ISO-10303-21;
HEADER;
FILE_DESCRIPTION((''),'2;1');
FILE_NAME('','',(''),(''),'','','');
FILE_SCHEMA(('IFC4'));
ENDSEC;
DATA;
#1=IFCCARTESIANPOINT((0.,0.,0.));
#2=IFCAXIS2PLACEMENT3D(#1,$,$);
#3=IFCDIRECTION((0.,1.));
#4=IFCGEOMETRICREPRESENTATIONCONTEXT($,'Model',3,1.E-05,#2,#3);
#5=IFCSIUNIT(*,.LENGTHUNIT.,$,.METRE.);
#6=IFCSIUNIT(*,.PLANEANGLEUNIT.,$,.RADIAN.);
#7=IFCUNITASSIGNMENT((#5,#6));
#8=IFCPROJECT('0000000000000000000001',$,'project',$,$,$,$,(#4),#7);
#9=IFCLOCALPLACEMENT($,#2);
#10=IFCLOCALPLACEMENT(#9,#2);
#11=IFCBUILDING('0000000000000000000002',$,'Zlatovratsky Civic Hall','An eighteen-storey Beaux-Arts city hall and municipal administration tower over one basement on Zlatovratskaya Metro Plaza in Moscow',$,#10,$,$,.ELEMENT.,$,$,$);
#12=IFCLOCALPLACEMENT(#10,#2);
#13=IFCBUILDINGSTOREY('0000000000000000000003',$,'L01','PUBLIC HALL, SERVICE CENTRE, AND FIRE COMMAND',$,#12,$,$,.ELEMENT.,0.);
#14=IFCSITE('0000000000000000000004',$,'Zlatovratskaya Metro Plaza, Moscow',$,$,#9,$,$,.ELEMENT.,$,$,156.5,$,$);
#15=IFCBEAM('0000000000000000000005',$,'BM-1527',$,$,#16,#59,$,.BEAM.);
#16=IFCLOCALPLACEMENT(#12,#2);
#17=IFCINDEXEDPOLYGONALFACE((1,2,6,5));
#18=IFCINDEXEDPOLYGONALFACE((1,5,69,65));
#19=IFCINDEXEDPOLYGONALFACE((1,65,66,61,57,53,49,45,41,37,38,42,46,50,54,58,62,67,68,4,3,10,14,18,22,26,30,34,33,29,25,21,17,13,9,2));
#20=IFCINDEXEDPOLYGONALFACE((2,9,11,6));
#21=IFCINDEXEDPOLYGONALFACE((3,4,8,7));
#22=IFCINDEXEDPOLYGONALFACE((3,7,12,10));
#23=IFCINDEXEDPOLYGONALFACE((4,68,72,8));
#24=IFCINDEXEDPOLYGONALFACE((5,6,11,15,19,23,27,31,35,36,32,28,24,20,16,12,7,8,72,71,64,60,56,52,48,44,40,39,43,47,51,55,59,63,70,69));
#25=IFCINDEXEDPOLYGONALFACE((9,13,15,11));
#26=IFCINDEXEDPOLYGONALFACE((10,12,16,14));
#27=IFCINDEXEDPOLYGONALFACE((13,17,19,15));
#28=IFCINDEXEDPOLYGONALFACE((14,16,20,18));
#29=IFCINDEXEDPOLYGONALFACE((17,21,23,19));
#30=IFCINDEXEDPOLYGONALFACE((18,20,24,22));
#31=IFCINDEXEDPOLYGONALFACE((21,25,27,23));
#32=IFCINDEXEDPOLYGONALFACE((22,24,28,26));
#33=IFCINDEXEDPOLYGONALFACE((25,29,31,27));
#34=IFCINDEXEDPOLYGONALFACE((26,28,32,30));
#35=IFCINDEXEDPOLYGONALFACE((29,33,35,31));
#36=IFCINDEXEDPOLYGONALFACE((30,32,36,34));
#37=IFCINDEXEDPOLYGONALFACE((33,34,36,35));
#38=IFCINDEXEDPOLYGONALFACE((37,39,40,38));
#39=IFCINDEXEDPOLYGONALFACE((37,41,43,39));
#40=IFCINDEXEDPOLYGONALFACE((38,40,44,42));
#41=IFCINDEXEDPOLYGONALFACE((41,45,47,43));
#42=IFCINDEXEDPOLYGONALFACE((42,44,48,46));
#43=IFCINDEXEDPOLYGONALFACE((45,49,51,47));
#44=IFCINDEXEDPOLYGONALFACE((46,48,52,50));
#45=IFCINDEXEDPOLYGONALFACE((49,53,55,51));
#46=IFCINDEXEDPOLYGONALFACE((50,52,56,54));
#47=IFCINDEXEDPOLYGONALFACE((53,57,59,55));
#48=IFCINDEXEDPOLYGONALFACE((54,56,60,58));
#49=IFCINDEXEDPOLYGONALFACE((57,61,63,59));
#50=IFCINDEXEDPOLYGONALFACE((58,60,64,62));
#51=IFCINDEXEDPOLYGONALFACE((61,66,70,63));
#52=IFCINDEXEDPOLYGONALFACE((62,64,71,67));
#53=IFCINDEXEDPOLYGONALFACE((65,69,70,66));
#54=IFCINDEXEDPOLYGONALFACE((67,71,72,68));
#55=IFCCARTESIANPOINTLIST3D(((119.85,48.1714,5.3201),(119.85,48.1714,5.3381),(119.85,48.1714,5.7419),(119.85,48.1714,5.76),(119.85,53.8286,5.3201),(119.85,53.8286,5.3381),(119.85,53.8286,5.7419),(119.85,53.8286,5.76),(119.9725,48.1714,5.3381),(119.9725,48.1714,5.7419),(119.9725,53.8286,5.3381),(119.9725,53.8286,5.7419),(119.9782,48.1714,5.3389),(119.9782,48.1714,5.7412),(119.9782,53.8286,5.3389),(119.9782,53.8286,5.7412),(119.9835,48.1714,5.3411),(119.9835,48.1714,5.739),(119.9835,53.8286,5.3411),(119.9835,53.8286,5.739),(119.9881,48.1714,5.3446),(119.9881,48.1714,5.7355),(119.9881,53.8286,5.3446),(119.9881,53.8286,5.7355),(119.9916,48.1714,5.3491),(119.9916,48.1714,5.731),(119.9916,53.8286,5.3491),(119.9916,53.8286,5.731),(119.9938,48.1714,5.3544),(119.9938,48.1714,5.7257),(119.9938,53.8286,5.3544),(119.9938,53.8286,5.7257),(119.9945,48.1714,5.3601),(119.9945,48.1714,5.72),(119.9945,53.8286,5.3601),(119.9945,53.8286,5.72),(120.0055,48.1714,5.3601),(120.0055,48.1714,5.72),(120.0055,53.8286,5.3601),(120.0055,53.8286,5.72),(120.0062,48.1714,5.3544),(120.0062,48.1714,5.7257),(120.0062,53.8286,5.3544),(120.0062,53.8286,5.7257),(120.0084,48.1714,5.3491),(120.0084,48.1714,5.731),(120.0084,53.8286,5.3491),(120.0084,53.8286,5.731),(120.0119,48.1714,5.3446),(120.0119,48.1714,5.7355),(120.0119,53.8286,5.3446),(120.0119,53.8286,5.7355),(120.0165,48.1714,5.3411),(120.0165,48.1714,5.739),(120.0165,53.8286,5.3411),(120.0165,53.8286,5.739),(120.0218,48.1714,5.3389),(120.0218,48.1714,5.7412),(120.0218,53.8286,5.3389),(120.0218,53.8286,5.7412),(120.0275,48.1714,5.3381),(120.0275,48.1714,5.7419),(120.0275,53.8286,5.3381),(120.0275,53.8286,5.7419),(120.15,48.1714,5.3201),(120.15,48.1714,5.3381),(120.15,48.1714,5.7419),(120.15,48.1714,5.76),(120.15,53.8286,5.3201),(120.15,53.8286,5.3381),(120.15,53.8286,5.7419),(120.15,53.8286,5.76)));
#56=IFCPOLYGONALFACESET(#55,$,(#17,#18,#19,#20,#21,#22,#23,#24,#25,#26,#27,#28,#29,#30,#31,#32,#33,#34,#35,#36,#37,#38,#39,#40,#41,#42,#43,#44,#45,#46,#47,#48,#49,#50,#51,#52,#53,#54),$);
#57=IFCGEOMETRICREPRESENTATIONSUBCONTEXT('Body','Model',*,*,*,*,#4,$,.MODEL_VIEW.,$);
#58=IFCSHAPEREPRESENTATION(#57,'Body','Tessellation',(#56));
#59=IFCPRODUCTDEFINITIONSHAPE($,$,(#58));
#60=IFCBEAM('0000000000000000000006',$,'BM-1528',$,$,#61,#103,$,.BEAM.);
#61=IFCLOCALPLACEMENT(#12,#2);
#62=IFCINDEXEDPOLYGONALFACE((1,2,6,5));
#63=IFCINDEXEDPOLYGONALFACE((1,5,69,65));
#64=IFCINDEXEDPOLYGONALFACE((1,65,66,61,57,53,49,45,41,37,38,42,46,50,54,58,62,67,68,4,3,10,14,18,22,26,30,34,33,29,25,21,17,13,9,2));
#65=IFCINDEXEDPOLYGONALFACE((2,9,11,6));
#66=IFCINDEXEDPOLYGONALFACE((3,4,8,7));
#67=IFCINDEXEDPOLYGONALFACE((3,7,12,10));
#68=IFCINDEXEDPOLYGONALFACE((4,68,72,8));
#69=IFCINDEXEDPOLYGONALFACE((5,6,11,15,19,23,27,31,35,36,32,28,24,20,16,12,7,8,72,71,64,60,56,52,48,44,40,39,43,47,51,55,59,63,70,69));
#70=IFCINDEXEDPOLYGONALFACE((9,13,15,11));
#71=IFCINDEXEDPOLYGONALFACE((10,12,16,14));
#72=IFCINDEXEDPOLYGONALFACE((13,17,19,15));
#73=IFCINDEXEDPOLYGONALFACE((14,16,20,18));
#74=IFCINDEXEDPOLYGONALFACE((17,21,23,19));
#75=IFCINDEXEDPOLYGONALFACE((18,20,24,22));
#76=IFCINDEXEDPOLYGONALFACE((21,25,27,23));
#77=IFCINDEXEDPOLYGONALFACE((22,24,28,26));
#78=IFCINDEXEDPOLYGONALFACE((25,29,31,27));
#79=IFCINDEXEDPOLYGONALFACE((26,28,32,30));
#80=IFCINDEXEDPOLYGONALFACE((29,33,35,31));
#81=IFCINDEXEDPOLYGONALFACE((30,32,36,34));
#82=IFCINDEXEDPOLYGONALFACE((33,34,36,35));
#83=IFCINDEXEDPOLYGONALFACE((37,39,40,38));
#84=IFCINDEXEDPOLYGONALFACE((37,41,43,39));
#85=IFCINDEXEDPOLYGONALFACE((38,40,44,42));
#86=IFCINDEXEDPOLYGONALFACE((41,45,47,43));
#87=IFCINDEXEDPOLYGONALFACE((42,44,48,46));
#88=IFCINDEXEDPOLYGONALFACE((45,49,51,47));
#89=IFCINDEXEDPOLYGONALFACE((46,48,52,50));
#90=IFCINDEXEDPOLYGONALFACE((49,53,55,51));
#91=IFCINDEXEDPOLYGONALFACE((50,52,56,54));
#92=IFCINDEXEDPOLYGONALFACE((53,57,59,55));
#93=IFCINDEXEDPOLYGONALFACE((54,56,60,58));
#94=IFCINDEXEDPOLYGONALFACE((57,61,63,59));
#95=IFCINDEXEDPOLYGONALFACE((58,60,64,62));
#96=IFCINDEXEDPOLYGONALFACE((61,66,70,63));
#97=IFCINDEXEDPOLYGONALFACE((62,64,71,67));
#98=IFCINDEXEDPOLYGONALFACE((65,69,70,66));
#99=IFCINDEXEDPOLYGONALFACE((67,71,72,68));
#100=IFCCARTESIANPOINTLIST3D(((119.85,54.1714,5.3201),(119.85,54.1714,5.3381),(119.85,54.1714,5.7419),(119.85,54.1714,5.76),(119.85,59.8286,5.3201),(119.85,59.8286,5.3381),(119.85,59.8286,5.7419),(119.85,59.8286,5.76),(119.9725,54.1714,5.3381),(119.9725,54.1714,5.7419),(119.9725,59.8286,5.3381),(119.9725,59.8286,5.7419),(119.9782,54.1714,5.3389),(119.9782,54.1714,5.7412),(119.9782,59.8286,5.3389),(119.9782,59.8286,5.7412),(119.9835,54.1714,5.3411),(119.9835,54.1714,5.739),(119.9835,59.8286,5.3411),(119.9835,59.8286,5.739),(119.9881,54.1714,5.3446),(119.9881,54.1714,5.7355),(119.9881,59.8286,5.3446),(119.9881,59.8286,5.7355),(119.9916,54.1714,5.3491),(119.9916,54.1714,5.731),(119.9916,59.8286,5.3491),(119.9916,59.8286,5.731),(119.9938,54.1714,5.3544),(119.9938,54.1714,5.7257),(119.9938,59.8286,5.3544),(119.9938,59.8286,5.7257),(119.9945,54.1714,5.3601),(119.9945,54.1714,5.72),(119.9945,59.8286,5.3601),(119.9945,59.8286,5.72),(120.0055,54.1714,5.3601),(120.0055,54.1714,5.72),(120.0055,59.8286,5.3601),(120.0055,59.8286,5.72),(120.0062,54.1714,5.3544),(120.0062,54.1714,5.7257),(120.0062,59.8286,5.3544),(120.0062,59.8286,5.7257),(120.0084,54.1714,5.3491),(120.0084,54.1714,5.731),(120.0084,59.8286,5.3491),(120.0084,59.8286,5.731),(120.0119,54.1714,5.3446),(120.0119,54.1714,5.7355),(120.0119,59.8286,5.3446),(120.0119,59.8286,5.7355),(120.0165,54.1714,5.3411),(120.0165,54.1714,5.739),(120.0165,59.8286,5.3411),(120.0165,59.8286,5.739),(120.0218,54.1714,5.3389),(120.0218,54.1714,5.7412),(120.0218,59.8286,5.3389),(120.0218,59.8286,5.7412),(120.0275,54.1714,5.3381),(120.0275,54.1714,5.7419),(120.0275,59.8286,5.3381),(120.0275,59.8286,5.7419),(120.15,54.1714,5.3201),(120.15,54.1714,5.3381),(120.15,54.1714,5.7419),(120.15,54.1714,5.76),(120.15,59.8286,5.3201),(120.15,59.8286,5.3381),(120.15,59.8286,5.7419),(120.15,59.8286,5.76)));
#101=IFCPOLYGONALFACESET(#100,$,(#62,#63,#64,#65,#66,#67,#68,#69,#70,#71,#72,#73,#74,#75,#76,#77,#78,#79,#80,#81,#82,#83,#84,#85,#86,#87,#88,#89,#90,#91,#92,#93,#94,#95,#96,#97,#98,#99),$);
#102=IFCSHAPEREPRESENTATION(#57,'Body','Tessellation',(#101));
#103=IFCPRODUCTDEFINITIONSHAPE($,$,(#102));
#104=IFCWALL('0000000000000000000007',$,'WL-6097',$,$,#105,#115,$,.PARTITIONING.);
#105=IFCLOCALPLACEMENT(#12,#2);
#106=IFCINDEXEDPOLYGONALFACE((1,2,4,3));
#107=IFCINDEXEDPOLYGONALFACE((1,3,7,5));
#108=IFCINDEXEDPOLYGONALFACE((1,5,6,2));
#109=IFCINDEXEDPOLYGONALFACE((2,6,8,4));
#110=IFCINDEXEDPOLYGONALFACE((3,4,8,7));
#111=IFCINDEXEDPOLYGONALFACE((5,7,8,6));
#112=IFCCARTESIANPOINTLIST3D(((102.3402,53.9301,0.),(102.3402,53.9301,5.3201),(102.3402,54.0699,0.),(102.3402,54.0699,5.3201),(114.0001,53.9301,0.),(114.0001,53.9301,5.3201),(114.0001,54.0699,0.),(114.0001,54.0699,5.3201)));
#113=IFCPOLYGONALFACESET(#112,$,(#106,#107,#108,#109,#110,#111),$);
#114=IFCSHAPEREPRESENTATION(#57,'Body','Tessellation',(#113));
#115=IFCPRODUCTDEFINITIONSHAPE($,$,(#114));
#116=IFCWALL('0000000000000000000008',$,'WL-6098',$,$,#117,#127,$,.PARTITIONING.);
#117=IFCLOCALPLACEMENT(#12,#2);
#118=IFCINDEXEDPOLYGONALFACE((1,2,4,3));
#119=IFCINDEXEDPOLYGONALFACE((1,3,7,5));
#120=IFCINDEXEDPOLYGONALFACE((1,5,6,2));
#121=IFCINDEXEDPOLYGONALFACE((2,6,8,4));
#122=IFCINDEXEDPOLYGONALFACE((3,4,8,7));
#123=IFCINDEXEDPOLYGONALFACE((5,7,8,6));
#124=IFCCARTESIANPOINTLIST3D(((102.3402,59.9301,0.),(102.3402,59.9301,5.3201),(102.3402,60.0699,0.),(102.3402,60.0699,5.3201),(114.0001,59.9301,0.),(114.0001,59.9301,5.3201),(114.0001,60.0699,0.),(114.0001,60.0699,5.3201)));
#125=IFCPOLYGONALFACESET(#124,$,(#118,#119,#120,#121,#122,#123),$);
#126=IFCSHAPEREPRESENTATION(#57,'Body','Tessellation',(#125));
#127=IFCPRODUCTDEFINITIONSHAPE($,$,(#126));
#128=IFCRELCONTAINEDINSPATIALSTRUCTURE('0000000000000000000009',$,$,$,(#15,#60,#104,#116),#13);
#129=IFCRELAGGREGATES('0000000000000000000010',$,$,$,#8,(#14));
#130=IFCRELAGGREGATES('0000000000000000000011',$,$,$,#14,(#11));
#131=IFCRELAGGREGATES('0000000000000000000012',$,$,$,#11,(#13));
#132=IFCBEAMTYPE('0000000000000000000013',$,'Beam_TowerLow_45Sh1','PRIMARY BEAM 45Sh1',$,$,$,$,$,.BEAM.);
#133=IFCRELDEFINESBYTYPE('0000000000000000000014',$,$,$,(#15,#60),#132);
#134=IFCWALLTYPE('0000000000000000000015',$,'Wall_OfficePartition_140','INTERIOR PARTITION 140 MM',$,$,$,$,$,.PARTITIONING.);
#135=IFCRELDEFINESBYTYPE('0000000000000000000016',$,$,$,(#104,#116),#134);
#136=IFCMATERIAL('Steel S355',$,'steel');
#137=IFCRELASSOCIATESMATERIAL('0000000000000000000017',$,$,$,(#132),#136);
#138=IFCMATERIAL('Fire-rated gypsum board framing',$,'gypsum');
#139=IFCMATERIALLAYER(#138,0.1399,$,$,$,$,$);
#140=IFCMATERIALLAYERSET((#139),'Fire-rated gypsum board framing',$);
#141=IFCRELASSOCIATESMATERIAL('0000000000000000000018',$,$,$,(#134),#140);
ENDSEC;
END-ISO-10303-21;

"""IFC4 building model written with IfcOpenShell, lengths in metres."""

from ifc_helpers import new_model, si_unit, direction, frame, frame_2d, origin, origin_2d, place, context, subcontext, project, spatial, rectangle, i_section, extrude, material, layer, layer_set, material_profile, profile_set, type_object, element, save


model = new_model("IFC4")

# Units and contexts
model_context = context("Model", 3, precision=1e-05, world=origin(), true_north=direction((0.0, 1.0)))
body_context = subcontext(model_context, "Body", "Model", "MODEL_VIEW")
ifc_project = project(units=[si_unit("LENGTHUNIT", "METRE"), si_unit("PLANEANGLEUNIT", "RADIAN")], contexts=[model_context])

# Site, building, storey
site_placement = place(None, origin())
site = spatial("IfcSite", under=ifc_project, at=site_placement, Name="Zlatovratskaya Metro Plaza, Moscow", CompositionType="ELEMENT", RefElevation=156.5)
building_placement = place(site_placement, origin())
building = spatial("IfcBuilding", under=site, at=building_placement, Name="Zlatovratsky Civic Hall", Description="An eighteen-storey Beaux-Arts city hall and municipal administration tower over one basement on Zlatovratskaya Metro Plaza in Moscow", CompositionType="ELEMENT")
storey_placement = place(building_placement, origin())
storey = spatial("IfcBuildingStorey", under=building, at=storey_placement, Name="L01", Description="PUBLIC HALL, SERVICE CENTRE, AND FIRE COMMAND", CompositionType="ELEMENT", Elevation=0.0)

# Shared definitions
ifc_material_1 = material(Name="Steel S355", Category="steel")

# Beams
ifc_material_profile_1 = material_profile(ifc_material_1, i_section(OverallWidth=0.3, OverallDepth=0.4399, WebThickness=0.011, FlangeThickness=0.0181, FilletRadius=0.022, at=origin_2d()), Name="45Sh1")
ifc_profile_set_1 = profile_set([ifc_material_profile_1], Name="Steel S355")
beam_type = type_object("IfcBeamType", Name="Beam_TowerLow_45Sh1", Description="PRIMARY BEAM 45Sh1", PredefinedType="BEAM", material=ifc_profile_set_1)
for number, where, z_axis, x_axis, name in (
    (1, (120.0, 48.1714, 5.54), (0.0, 1.0, 0.0), (-1.0, 0.0, 0.0), "BM-1527"),
    (2, (120.0, 54.1714, 5.54), (0.0, 1.0, 0.0), (-1.0, 0.0, 0.0), "BM-1528"),
):
    element("IfcBeam", number, at=place(storey_placement, frame(where, z_axis=z_axis, x_axis=x_axis)), inside=storey, type_object=beam_type, Name=name, PredefinedType="BEAM", context=body_context, shape_type="SweptSolid", body=[
        extrude(i_section(OverallWidth=0.3, OverallDepth=0.4399, WebThickness=0.011, FlangeThickness=0.0181, FilletRadius=0.022, at=origin_2d()), origin(), (0.0, 0.0, 1.0), 5.6572),
    ])

# Walls
ifc_material_2 = material(Name="Fire-rated gypsum board framing", Category="gypsum")
ifc_layer_1 = layer(ifc_material_2, 0.1399)
ifc_layer_set_1 = layer_set([ifc_layer_1], Name="Fire-rated gypsum board framing")
wall_type_1 = type_object("IfcWallType", Name="Wall_OfficePartition_140", Description="INTERIOR PARTITION 140 MM", PredefinedType="PARTITIONING", material=ifc_layer_set_1)
for number, where, z_axis, x_axis, name in (
    (3, (102.3401, 54.0, 0.0), (0.0, 0.0, 1.0), (1.0, 0.0, 0.0), "WL-6097"),
    (4, (102.3401, 60.0, 0.0), (0.0, 0.0, 1.0), (1.0, 0.0, 0.0), "WL-6098"),
):
    element("IfcWall", number, at=place(storey_placement, frame(where, z_axis=z_axis, x_axis=x_axis)), inside=storey, type_object=wall_type_1, Name=name, PredefinedType="PARTITIONING", context=body_context, shape_type="SweptSolid", body=[
        extrude(rectangle(XDim=11.6599, YDim=0.1399, at=frame_2d((5.8301, 0.0))), origin(), (0.0, 0.0, 1.0), 5.3201),
    ])

save(model, "model.ifc")
